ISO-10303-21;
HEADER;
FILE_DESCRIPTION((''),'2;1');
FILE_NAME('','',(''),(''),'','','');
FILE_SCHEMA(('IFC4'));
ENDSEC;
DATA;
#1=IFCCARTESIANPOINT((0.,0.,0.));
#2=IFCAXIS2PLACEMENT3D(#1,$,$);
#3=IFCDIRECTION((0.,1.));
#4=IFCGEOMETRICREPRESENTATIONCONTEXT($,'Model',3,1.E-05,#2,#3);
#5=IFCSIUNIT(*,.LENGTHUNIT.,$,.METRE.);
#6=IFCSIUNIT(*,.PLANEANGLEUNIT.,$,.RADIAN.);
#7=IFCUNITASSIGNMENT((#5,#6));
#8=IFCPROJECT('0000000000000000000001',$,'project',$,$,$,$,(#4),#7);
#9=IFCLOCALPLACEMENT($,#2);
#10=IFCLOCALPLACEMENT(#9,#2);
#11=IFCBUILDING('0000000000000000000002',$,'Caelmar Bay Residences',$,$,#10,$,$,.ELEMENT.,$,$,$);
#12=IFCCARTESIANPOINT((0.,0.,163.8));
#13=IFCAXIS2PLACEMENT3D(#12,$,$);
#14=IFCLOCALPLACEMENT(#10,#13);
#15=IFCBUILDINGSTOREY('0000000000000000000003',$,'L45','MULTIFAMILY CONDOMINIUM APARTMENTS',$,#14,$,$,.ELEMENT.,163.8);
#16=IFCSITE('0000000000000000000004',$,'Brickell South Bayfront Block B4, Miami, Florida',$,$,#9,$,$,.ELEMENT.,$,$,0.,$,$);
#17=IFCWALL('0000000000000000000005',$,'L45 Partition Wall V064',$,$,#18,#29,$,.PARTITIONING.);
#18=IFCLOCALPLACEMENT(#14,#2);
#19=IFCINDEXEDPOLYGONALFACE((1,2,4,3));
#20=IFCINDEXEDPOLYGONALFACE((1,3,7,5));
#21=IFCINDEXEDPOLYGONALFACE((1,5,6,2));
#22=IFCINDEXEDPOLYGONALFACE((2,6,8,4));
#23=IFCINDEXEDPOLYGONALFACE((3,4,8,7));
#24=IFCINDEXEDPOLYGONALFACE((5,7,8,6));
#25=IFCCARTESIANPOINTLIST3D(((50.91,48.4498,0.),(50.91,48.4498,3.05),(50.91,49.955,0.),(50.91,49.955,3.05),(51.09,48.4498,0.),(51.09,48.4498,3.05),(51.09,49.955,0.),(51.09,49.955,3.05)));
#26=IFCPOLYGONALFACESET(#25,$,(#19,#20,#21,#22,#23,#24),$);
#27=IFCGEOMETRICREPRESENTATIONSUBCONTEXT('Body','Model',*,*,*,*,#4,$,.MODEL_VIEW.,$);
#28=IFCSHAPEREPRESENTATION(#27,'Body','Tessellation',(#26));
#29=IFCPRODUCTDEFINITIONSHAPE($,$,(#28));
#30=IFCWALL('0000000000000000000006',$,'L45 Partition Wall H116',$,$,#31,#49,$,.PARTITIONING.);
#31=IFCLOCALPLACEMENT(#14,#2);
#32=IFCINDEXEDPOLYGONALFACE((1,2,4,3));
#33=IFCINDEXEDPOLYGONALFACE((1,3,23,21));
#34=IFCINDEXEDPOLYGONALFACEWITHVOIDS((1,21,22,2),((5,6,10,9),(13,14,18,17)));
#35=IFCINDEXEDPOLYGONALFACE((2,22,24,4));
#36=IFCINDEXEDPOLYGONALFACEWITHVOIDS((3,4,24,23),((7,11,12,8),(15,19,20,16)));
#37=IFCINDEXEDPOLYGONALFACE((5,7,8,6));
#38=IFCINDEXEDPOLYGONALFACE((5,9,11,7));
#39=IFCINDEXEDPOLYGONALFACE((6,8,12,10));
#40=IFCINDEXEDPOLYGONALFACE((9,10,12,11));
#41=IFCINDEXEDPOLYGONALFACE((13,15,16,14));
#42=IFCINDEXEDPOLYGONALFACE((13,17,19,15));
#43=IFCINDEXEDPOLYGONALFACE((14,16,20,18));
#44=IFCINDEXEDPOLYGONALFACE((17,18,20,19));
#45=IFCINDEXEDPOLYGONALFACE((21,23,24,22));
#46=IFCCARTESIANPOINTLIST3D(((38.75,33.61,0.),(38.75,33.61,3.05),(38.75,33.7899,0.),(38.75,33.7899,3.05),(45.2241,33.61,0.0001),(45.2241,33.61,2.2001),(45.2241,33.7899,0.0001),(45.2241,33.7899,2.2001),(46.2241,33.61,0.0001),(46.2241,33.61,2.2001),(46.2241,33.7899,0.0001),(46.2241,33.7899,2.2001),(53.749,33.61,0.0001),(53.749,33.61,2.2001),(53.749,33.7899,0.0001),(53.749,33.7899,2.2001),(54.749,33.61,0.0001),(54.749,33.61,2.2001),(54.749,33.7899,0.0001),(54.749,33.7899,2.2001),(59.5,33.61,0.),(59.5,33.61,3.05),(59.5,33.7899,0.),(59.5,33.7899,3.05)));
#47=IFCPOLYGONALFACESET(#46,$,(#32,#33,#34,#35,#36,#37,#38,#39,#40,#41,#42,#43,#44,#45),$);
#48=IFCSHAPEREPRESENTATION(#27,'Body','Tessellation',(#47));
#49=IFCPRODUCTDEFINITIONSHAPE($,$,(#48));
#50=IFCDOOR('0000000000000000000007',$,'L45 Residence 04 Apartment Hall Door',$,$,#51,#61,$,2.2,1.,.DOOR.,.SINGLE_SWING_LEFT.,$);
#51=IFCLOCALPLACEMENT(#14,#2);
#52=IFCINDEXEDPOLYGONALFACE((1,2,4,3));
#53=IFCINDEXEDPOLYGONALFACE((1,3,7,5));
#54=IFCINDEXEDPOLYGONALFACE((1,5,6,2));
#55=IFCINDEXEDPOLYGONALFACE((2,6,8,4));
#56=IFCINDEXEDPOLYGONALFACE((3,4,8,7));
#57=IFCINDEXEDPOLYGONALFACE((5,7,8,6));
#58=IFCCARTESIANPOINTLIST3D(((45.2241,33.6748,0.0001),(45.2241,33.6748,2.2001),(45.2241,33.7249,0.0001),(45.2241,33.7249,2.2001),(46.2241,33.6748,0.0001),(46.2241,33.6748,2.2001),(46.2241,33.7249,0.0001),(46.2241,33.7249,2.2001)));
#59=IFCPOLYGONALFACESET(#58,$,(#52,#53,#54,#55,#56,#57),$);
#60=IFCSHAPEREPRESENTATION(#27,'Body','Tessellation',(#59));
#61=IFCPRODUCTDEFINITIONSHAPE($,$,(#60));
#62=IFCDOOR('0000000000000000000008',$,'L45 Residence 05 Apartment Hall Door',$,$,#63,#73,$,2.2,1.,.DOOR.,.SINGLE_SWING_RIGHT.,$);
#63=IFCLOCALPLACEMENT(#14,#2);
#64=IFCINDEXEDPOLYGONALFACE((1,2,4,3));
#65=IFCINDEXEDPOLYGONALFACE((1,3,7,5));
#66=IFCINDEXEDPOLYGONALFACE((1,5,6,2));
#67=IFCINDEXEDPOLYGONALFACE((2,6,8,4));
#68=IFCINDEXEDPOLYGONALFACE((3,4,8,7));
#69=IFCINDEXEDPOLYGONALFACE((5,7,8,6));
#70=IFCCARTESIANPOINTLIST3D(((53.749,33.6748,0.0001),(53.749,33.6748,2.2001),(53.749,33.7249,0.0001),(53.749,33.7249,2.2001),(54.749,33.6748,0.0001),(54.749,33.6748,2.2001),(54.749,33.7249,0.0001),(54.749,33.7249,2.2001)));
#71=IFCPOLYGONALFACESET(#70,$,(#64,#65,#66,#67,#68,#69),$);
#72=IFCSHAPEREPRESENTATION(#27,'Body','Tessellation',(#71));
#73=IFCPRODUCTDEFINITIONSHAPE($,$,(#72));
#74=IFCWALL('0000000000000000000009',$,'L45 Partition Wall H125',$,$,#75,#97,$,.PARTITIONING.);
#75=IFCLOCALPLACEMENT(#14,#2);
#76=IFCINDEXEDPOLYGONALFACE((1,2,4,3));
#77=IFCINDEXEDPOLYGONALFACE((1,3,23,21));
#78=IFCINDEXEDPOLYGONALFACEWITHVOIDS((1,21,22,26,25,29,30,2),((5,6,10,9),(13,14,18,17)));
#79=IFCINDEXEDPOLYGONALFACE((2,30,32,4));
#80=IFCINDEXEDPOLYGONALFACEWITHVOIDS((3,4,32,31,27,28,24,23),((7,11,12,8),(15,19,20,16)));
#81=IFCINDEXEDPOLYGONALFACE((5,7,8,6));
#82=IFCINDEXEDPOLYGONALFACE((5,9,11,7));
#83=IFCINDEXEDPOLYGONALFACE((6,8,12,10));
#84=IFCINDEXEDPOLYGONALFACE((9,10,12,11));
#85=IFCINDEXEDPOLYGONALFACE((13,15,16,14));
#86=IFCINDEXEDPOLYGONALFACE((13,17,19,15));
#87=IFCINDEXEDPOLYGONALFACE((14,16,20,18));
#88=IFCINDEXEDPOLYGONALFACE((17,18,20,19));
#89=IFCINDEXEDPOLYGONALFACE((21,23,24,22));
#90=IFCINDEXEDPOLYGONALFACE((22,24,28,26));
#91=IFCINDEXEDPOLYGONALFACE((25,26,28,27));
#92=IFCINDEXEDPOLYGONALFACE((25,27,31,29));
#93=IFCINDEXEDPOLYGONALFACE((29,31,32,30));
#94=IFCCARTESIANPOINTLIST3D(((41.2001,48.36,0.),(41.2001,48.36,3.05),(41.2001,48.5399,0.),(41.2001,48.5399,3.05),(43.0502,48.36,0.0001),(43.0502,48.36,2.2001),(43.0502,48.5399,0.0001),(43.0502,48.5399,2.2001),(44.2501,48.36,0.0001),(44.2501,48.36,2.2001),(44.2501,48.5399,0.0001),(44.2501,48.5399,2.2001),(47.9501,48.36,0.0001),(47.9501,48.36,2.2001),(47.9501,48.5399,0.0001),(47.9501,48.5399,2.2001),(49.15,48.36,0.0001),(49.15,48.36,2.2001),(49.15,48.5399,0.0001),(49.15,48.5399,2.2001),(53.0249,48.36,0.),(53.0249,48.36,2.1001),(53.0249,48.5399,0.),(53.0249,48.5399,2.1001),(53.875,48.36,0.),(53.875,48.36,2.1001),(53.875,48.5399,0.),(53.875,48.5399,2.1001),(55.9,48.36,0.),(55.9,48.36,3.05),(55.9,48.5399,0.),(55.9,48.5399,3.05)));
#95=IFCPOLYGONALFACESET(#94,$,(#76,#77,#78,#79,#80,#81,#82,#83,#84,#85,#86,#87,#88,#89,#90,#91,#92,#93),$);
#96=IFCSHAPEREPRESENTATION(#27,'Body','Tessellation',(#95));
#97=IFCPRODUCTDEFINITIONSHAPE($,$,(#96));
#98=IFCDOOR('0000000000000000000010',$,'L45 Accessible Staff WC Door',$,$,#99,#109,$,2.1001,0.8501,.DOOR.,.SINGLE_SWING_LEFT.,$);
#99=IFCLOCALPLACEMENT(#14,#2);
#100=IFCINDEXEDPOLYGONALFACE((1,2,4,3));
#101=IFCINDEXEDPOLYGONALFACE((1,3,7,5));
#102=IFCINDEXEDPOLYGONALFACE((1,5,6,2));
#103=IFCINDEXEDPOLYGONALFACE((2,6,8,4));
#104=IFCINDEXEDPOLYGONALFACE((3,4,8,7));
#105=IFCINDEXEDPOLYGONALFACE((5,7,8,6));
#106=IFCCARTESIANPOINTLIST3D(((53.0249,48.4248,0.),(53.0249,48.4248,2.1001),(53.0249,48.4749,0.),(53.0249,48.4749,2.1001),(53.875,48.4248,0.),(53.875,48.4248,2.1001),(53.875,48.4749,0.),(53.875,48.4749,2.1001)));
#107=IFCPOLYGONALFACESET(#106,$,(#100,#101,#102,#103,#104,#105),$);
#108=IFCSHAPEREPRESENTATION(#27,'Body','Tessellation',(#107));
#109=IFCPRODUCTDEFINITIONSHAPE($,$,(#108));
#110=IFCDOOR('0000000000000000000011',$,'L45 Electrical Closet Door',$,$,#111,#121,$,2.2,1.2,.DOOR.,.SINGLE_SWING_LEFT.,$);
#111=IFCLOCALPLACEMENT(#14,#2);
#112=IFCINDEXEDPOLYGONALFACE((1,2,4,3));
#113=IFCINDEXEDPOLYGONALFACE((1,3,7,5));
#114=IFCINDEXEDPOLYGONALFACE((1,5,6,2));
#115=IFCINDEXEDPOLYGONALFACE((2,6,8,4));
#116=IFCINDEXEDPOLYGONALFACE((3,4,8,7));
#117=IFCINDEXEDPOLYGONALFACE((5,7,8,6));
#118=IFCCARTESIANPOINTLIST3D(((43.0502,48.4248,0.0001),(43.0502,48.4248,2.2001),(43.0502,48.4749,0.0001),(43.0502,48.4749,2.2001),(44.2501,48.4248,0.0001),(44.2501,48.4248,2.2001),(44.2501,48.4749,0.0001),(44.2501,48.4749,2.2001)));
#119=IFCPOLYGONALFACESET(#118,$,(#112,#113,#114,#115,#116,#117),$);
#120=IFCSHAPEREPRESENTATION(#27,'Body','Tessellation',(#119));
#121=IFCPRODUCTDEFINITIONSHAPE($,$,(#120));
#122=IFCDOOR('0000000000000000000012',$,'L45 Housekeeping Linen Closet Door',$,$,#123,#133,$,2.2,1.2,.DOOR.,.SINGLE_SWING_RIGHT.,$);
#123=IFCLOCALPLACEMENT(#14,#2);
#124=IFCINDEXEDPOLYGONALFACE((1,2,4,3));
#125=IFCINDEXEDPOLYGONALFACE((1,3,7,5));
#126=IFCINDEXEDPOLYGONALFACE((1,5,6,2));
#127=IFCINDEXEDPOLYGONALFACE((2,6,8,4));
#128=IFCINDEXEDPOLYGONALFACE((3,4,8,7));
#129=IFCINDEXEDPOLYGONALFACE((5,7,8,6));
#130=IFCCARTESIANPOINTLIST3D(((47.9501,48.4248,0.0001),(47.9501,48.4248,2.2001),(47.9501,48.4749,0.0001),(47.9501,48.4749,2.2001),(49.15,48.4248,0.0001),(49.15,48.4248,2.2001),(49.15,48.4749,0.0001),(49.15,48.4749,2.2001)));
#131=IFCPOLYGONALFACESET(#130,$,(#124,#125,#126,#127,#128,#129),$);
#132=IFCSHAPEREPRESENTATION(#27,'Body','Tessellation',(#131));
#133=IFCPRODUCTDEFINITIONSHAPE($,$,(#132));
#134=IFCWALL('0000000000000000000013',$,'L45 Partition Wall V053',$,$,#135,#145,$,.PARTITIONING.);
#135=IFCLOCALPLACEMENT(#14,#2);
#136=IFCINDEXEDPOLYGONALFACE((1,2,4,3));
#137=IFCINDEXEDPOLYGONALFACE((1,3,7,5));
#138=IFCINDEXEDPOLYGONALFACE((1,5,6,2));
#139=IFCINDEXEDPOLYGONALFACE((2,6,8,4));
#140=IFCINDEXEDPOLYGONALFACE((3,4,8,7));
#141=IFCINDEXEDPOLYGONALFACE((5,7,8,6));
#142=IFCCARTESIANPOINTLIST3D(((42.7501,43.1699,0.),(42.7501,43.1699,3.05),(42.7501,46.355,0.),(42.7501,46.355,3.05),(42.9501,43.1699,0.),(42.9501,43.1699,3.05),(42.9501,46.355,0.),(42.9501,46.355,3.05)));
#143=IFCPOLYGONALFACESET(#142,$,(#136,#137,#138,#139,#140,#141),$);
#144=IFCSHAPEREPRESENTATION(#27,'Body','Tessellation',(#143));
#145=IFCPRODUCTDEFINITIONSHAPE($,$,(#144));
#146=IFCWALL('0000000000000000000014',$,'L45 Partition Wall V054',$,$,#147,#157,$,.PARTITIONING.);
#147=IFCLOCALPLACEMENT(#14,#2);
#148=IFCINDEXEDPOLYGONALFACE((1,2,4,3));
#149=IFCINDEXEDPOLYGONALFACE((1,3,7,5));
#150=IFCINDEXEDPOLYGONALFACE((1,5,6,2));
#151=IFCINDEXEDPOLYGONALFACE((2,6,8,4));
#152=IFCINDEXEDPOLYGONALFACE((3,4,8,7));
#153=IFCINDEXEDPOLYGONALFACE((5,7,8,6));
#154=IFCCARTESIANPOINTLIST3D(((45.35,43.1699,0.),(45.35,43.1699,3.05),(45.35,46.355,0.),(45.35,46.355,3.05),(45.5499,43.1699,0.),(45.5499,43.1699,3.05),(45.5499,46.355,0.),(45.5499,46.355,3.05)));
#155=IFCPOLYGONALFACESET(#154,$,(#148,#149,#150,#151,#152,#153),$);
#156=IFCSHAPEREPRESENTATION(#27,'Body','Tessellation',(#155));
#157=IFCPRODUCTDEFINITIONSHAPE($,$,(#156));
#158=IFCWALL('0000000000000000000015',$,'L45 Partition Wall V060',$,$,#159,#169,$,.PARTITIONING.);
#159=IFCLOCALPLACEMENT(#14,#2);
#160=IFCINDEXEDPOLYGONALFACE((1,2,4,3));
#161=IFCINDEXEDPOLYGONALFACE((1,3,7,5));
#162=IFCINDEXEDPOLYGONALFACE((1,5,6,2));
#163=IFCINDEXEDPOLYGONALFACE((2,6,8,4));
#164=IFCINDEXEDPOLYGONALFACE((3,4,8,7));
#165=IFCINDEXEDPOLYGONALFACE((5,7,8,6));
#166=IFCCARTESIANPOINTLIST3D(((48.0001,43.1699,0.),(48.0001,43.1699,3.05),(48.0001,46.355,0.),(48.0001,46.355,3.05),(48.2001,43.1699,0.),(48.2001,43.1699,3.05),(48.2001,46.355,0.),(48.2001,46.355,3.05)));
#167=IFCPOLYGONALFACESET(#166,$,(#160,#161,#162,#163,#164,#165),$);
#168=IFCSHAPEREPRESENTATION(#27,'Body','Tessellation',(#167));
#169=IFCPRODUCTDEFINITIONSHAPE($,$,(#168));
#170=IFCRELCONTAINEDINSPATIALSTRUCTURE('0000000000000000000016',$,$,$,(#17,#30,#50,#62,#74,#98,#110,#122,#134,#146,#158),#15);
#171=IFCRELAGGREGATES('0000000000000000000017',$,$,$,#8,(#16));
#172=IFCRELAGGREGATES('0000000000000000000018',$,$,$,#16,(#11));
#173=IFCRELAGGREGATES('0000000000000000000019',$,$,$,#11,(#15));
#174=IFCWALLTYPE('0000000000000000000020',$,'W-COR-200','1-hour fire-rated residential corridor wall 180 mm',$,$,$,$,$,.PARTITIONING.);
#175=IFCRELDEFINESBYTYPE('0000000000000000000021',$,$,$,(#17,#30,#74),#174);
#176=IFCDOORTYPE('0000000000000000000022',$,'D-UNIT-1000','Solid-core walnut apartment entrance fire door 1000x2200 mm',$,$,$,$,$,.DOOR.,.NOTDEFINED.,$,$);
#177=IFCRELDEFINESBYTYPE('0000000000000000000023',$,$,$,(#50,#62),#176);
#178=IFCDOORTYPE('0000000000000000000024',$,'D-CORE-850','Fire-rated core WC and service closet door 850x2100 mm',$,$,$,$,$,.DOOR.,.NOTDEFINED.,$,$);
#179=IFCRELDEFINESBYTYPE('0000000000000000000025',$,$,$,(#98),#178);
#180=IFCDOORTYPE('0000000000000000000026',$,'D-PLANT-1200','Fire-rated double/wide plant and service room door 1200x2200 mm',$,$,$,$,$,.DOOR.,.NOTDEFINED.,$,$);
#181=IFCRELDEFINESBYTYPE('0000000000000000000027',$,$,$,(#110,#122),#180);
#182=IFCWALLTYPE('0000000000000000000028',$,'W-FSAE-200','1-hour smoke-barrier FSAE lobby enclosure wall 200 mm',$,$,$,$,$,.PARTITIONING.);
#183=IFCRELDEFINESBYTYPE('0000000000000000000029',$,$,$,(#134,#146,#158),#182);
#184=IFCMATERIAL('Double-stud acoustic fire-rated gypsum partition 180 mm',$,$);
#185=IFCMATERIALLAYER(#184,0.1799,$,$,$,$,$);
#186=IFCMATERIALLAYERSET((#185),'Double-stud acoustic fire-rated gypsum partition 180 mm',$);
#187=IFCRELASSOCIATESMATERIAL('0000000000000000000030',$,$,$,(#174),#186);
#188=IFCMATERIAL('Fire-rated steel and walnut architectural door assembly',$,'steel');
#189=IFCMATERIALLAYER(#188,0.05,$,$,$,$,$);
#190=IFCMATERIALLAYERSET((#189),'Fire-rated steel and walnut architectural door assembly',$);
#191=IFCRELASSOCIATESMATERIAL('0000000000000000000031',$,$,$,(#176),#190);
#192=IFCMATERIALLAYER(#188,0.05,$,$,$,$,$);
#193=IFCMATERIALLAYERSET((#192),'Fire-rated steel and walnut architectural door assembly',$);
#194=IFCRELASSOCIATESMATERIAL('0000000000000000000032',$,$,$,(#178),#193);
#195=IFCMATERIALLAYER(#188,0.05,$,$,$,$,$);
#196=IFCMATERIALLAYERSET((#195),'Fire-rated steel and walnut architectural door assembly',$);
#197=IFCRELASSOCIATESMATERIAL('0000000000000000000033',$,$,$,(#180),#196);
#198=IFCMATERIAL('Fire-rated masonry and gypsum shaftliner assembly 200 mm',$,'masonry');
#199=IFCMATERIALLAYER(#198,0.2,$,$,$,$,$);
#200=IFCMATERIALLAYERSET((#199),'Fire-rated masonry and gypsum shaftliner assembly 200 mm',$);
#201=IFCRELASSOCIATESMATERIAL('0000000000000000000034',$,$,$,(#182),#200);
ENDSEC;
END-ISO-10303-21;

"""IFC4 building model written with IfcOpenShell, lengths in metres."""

from ifc_helpers import new_model, si_unit, direction, frame, frame_2d, origin, place, context, subcontext, project, spatial, rectangle, extrude, material, layer, layer_set, type_object, element, fill, save


model = new_model("IFC4")

# Units and contexts
model_context = context("Model", 3, precision=1e-05, world=origin(), true_north=direction((0.0, 1.0)))
body_context = subcontext(model_context, "Body", "Model", "MODEL_VIEW")
ifc_project = project(units=[si_unit("LENGTHUNIT", "METRE"), si_unit("PLANEANGLEUNIT", "RADIAN")], contexts=[model_context])

# Site, building, storey
site_placement = place(None, origin())
site = spatial("IfcSite", under=ifc_project, at=site_placement, Name="Brickell South Bayfront Block B4, Miami, Florida", CompositionType="ELEMENT", RefElevation=0.0)
building_placement = place(site_placement, origin())
building = spatial("IfcBuilding", under=site, at=building_placement, Name="Caelmar Bay Residences", CompositionType="ELEMENT")
storey_placement = place(building_placement, frame((0.0, 0.0, 163.8)))
storey = spatial("IfcBuildingStorey", under=building, at=storey_placement, Name="L45", Description="MULTIFAMILY CONDOMINIUM APARTMENTS", CompositionType="ELEMENT", Elevation=163.8)

# Shared definitions
ifc_material_1 = material(Name="Double-stud acoustic fire-rated gypsum partition 180 mm")
ifc_layer_1 = layer(ifc_material_1, 0.1799)
ifc_layer_set_1 = layer_set([ifc_layer_1], Name="Double-stud acoustic fire-rated gypsum partition 180 mm")
wall_type_1 = type_object("IfcWallType", Name="W-COR-200", Description="1-hour fire-rated residential corridor wall 180 mm", PredefinedType="PARTITIONING", material=ifc_layer_set_1)
ifc_material_2 = material(Name="Fire-rated steel and walnut architectural door assembly", Category="steel")
ifc_layer_2 = layer(ifc_material_2, 0.05)
ifc_layer_set_2 = layer_set([ifc_layer_2], Name="Fire-rated steel and walnut architectural door assembly")
door_type_1 = type_object("IfcDoorType", Name="D-UNIT-1000", Description="Solid-core walnut apartment entrance fire door 1000x2200 mm", OperationType="NOTDEFINED", PredefinedType="DOOR", material=ifc_layer_set_2)

# Wall
for number, where, z_axis, x_axis, name in (
    (1, (51.0, 48.45, 0.0), (0.0, 0.0, 1.0), (0.0, 1.0, 0.0), "L45 Partition Wall V064"),
):
    element("IfcWall", number, at=place(storey_placement, frame(where, z_axis=z_axis, x_axis=x_axis)), inside=storey, type_object=wall_type_1, Name=name, PredefinedType="PARTITIONING", context=body_context, shape_type="SweptSolid", body=[
        extrude(rectangle(XDim=1.5051, YDim=0.1799, at=frame_2d((0.7524, 0.0))), origin(), (0.0, 0.0, 1.0), 3.05),
    ])

# Walls, openings, doors
wall_1_placement = place(storey_placement, frame((38.75, 33.7, 0.0), z_axis=(0.0, 0.0, 1.0), x_axis=(1.0, 0.0, 0.0)))
wall_1 = element("IfcWall", 2, at=wall_1_placement, inside=storey, type_object=wall_type_1, Name="L45 Partition Wall H116", PredefinedType="PARTITIONING", context=body_context, shape_type="SweptSolid", body=[
    extrude(rectangle(XDim=20.75, YDim=0.1799, at=frame_2d((10.375, 0.0))), origin(), (0.0, 0.0, 1.0), 3.05),
])
opening_1_placement = place(wall_1_placement, frame((6.4741, 0.0, 0.0)))
opening_1 = element("IfcOpeningElement", 3, at=opening_1_placement, cuts=wall_1, PredefinedType="OPENING", context=body_context, shape_type="SweptSolid", body=[
    extrude(rectangle(XDim=1.0, YDim=2.2, at=frame_2d((0.5, 1.1001))), frame((0.0, 0.0999, 0.0), z_axis=(0.0, -1.0, 0.0), x_axis=(1.0, 0.0, 0.0)), (0.0, 0.0, 1.0), 0.2),
])
opening_2_placement = place(wall_1_placement, frame((14.999, 0.0, 0.0)))
opening_2 = element("IfcOpeningElement", 4, at=opening_2_placement, cuts=wall_1, PredefinedType="OPENING", context=body_context, shape_type="SweptSolid", body=[
    extrude(rectangle(XDim=1.0, YDim=2.2, at=frame_2d((0.5, 1.1001))), frame((0.0, 0.0999, 0.0), z_axis=(0.0, -1.0, 0.0), x_axis=(1.0, 0.0, 0.0)), (0.0, 0.0, 1.0), 0.2),
])
door_1_placement = place(opening_1_placement, origin())
door_1 = element("IfcDoor", 5, at=door_1_placement, inside=storey, type_object=door_type_1, Name="L45 Residence 04 Apartment Hall Door", OperationType="SINGLE_SWING_LEFT", OverallHeight=2.2, OverallWidth=1.0, PredefinedType="DOOR", context=body_context, shape_type="SweptSolid", body=[
    extrude(rectangle(XDim=1.0, YDim=2.2, at=frame_2d((0.5, 1.1001))), frame((0.0, 0.0249, 0.0), z_axis=(0.0, -1.0, 0.0), x_axis=(1.0, 0.0, 0.0)), (0.0, 0.0, 1.0), 0.05),
])
fill(opening_1, door_1)
door_2_placement = place(opening_2_placement, origin())
door_2 = element("IfcDoor", 6, at=door_2_placement, inside=storey, type_object=door_type_1, Name="L45 Residence 05 Apartment Hall Door", OperationType="SINGLE_SWING_RIGHT", OverallHeight=2.2, OverallWidth=1.0, PredefinedType="DOOR", context=body_context, shape_type="SweptSolid", body=[
    extrude(rectangle(XDim=1.0, YDim=2.2, at=frame_2d((0.5, 1.1001))), frame((0.0, 0.0249, 0.0), z_axis=(0.0, -1.0, 0.0), x_axis=(1.0, 0.0, 0.0)), (0.0, 0.0, 1.0), 0.05),
])
fill(opening_2, door_2)
wall_2_placement = place(storey_placement, frame((41.2, 48.45, 0.0), z_axis=(0.0, 0.0, 1.0), x_axis=(1.0, 0.0, 0.0)))
wall_2 = element("IfcWall", 7, at=wall_2_placement, inside=storey, type_object=wall_type_1, Name="L45 Partition Wall H125", PredefinedType="PARTITIONING", context=body_context, shape_type="SweptSolid", body=[
    extrude(rectangle(XDim=14.7, YDim=0.1799, at=frame_2d((7.3501, 0.0))), origin(), (0.0, 0.0, 1.0), 3.05),
])
opening_3_placement = place(wall_2_placement, frame((1.8501, 0.0, 0.0)))
opening_3 = element("IfcOpeningElement", 8, at=opening_3_placement, cuts=wall_2, PredefinedType="OPENING", context=body_context, shape_type="SweptSolid", body=[
    extrude(rectangle(XDim=1.2, YDim=2.2, at=frame_2d((0.6001, 1.1001))), frame((0.0, 0.0999, 0.0), z_axis=(0.0, -1.0, 0.0), x_axis=(1.0, 0.0, 0.0)), (0.0, 0.0, 1.0), 0.2),
])
opening_4_placement = place(wall_2_placement, frame((6.75, 0.0, 0.0)))
opening_4 = element("IfcOpeningElement", 9, at=opening_4_placement, cuts=wall_2, PredefinedType="OPENING", context=body_context, shape_type="SweptSolid", body=[
    extrude(rectangle(XDim=1.2, YDim=2.2, at=frame_2d((0.6001, 1.1001))), frame((0.0, 0.0999, 0.0), z_axis=(0.0, -1.0, 0.0), x_axis=(1.0, 0.0, 0.0)), (0.0, 0.0, 1.0), 0.2),
])
opening_5_placement = place(wall_2_placement, frame((11.825, 0.0, 0.0)))
opening_5 = element("IfcOpeningElement", 10, at=opening_5_placement, cuts=wall_2, PredefinedType="OPENING", context=body_context, shape_type="SweptSolid", body=[
    extrude(rectangle(XDim=0.8501, YDim=2.1001, at=frame_2d((0.425, 1.05))), frame((0.0, 0.0999, 0.0), z_axis=(0.0, -1.0, 0.0), x_axis=(1.0, 0.0, 0.0)), (0.0, 0.0, 1.0), 0.2),
])
ifc_layer_3 = layer(ifc_material_2, 0.05)
ifc_layer_set_3 = layer_set([ifc_layer_3], Name="Fire-rated steel and walnut architectural door assembly")
door_type_2 = type_object("IfcDoorType", Name="D-CORE-850", Description="Fire-rated core WC and service closet door 850x2100 mm", OperationType="NOTDEFINED", PredefinedType="DOOR", material=ifc_layer_set_3)
door_3_placement = place(opening_5_placement, origin())
door_3 = element("IfcDoor", 11, at=door_3_placement, inside=storey, type_object=door_type_2, Name="L45 Accessible Staff WC Door", OperationType="SINGLE_SWING_LEFT", OverallHeight=2.1001, OverallWidth=0.8501, PredefinedType="DOOR", context=body_context, shape_type="SweptSolid", body=[
    extrude(rectangle(XDim=0.8501, YDim=2.1001, at=frame_2d((0.425, 1.05))), frame((0.0, 0.0249, 0.0), z_axis=(0.0, -1.0, 0.0), x_axis=(1.0, 0.0, 0.0)), (0.0, 0.0, 1.0), 0.05),
])
fill(opening_5, door_3)
ifc_layer_4 = layer(ifc_material_2, 0.05)
ifc_layer_set_4 = layer_set([ifc_layer_4], Name="Fire-rated steel and walnut architectural door assembly")
door_type_3 = type_object("IfcDoorType", Name="D-PLANT-1200", Description="Fire-rated double/wide plant and service room door 1200x2200 mm", OperationType="NOTDEFINED", PredefinedType="DOOR", material=ifc_layer_set_4)
door_4_placement = place(opening_3_placement, origin())
door_4 = element("IfcDoor", 12, at=door_4_placement, inside=storey, type_object=door_type_3, Name="L45 Electrical Closet Door", OperationType="SINGLE_SWING_LEFT", OverallHeight=2.2, OverallWidth=1.2, PredefinedType="DOOR", context=body_context, shape_type="SweptSolid", body=[
    extrude(rectangle(XDim=1.2, YDim=2.2, at=frame_2d((0.6001, 1.1001))), frame((0.0, 0.0249, 0.0), z_axis=(0.0, -1.0, 0.0), x_axis=(1.0, 0.0, 0.0)), (0.0, 0.0, 1.0), 0.05),
])
fill(opening_3, door_4)
door_5_placement = place(opening_4_placement, origin())
door_5 = element("IfcDoor", 13, at=door_5_placement, inside=storey, type_object=door_type_3, Name="L45 Housekeeping Linen Closet Door", OperationType="SINGLE_SWING_RIGHT", OverallHeight=2.2, OverallWidth=1.2, PredefinedType="DOOR", context=body_context, shape_type="SweptSolid", body=[
    extrude(rectangle(XDim=1.2, YDim=2.2, at=frame_2d((0.6001, 1.1001))), frame((0.0, 0.0249, 0.0), z_axis=(0.0, -1.0, 0.0), x_axis=(1.0, 0.0, 0.0)), (0.0, 0.0, 1.0), 0.05),
])
fill(opening_4, door_5)

# Walls
ifc_material_3 = material(Name="Fire-rated masonry and gypsum shaftliner assembly 200 mm", Category="masonry")
ifc_layer_5 = layer(ifc_material_3, 0.2)
ifc_layer_set_5 = layer_set([ifc_layer_5], Name="Fire-rated masonry and gypsum shaftliner assembly 200 mm")
wall_type_2 = type_object("IfcWallType", Name="W-FSAE-200", Description="1-hour smoke-barrier FSAE lobby enclosure wall 200 mm", PredefinedType="PARTITIONING", material=ifc_layer_set_5)
for number, where, z_axis, x_axis, name in (
    (14, (42.8501, 43.1699, 0.0), (0.0, 0.0, 1.0), (0.0, 1.0, 0.0), "L45 Partition Wall V053"),
    (15, (45.45, 43.1699, 0.0), (0.0, 0.0, 1.0), (0.0, 1.0, 0.0), "L45 Partition Wall V054"),
    (16, (48.1001, 43.1699, 0.0), (0.0, 0.0, 1.0), (0.0, 1.0, 0.0), "L45 Partition Wall V060"),
):
    element("IfcWall", number, at=place(storey_placement, frame(where, z_axis=z_axis, x_axis=x_axis)), inside=storey, type_object=wall_type_2, Name=name, PredefinedType="PARTITIONING", context=body_context, shape_type="SweptSolid", body=[
        extrude(rectangle(XDim=3.1851, YDim=0.2, at=frame_2d((1.5925, 0.0))), origin(), (0.0, 0.0, 1.0), 3.05),
    ])

save(model, "model.ifc")
